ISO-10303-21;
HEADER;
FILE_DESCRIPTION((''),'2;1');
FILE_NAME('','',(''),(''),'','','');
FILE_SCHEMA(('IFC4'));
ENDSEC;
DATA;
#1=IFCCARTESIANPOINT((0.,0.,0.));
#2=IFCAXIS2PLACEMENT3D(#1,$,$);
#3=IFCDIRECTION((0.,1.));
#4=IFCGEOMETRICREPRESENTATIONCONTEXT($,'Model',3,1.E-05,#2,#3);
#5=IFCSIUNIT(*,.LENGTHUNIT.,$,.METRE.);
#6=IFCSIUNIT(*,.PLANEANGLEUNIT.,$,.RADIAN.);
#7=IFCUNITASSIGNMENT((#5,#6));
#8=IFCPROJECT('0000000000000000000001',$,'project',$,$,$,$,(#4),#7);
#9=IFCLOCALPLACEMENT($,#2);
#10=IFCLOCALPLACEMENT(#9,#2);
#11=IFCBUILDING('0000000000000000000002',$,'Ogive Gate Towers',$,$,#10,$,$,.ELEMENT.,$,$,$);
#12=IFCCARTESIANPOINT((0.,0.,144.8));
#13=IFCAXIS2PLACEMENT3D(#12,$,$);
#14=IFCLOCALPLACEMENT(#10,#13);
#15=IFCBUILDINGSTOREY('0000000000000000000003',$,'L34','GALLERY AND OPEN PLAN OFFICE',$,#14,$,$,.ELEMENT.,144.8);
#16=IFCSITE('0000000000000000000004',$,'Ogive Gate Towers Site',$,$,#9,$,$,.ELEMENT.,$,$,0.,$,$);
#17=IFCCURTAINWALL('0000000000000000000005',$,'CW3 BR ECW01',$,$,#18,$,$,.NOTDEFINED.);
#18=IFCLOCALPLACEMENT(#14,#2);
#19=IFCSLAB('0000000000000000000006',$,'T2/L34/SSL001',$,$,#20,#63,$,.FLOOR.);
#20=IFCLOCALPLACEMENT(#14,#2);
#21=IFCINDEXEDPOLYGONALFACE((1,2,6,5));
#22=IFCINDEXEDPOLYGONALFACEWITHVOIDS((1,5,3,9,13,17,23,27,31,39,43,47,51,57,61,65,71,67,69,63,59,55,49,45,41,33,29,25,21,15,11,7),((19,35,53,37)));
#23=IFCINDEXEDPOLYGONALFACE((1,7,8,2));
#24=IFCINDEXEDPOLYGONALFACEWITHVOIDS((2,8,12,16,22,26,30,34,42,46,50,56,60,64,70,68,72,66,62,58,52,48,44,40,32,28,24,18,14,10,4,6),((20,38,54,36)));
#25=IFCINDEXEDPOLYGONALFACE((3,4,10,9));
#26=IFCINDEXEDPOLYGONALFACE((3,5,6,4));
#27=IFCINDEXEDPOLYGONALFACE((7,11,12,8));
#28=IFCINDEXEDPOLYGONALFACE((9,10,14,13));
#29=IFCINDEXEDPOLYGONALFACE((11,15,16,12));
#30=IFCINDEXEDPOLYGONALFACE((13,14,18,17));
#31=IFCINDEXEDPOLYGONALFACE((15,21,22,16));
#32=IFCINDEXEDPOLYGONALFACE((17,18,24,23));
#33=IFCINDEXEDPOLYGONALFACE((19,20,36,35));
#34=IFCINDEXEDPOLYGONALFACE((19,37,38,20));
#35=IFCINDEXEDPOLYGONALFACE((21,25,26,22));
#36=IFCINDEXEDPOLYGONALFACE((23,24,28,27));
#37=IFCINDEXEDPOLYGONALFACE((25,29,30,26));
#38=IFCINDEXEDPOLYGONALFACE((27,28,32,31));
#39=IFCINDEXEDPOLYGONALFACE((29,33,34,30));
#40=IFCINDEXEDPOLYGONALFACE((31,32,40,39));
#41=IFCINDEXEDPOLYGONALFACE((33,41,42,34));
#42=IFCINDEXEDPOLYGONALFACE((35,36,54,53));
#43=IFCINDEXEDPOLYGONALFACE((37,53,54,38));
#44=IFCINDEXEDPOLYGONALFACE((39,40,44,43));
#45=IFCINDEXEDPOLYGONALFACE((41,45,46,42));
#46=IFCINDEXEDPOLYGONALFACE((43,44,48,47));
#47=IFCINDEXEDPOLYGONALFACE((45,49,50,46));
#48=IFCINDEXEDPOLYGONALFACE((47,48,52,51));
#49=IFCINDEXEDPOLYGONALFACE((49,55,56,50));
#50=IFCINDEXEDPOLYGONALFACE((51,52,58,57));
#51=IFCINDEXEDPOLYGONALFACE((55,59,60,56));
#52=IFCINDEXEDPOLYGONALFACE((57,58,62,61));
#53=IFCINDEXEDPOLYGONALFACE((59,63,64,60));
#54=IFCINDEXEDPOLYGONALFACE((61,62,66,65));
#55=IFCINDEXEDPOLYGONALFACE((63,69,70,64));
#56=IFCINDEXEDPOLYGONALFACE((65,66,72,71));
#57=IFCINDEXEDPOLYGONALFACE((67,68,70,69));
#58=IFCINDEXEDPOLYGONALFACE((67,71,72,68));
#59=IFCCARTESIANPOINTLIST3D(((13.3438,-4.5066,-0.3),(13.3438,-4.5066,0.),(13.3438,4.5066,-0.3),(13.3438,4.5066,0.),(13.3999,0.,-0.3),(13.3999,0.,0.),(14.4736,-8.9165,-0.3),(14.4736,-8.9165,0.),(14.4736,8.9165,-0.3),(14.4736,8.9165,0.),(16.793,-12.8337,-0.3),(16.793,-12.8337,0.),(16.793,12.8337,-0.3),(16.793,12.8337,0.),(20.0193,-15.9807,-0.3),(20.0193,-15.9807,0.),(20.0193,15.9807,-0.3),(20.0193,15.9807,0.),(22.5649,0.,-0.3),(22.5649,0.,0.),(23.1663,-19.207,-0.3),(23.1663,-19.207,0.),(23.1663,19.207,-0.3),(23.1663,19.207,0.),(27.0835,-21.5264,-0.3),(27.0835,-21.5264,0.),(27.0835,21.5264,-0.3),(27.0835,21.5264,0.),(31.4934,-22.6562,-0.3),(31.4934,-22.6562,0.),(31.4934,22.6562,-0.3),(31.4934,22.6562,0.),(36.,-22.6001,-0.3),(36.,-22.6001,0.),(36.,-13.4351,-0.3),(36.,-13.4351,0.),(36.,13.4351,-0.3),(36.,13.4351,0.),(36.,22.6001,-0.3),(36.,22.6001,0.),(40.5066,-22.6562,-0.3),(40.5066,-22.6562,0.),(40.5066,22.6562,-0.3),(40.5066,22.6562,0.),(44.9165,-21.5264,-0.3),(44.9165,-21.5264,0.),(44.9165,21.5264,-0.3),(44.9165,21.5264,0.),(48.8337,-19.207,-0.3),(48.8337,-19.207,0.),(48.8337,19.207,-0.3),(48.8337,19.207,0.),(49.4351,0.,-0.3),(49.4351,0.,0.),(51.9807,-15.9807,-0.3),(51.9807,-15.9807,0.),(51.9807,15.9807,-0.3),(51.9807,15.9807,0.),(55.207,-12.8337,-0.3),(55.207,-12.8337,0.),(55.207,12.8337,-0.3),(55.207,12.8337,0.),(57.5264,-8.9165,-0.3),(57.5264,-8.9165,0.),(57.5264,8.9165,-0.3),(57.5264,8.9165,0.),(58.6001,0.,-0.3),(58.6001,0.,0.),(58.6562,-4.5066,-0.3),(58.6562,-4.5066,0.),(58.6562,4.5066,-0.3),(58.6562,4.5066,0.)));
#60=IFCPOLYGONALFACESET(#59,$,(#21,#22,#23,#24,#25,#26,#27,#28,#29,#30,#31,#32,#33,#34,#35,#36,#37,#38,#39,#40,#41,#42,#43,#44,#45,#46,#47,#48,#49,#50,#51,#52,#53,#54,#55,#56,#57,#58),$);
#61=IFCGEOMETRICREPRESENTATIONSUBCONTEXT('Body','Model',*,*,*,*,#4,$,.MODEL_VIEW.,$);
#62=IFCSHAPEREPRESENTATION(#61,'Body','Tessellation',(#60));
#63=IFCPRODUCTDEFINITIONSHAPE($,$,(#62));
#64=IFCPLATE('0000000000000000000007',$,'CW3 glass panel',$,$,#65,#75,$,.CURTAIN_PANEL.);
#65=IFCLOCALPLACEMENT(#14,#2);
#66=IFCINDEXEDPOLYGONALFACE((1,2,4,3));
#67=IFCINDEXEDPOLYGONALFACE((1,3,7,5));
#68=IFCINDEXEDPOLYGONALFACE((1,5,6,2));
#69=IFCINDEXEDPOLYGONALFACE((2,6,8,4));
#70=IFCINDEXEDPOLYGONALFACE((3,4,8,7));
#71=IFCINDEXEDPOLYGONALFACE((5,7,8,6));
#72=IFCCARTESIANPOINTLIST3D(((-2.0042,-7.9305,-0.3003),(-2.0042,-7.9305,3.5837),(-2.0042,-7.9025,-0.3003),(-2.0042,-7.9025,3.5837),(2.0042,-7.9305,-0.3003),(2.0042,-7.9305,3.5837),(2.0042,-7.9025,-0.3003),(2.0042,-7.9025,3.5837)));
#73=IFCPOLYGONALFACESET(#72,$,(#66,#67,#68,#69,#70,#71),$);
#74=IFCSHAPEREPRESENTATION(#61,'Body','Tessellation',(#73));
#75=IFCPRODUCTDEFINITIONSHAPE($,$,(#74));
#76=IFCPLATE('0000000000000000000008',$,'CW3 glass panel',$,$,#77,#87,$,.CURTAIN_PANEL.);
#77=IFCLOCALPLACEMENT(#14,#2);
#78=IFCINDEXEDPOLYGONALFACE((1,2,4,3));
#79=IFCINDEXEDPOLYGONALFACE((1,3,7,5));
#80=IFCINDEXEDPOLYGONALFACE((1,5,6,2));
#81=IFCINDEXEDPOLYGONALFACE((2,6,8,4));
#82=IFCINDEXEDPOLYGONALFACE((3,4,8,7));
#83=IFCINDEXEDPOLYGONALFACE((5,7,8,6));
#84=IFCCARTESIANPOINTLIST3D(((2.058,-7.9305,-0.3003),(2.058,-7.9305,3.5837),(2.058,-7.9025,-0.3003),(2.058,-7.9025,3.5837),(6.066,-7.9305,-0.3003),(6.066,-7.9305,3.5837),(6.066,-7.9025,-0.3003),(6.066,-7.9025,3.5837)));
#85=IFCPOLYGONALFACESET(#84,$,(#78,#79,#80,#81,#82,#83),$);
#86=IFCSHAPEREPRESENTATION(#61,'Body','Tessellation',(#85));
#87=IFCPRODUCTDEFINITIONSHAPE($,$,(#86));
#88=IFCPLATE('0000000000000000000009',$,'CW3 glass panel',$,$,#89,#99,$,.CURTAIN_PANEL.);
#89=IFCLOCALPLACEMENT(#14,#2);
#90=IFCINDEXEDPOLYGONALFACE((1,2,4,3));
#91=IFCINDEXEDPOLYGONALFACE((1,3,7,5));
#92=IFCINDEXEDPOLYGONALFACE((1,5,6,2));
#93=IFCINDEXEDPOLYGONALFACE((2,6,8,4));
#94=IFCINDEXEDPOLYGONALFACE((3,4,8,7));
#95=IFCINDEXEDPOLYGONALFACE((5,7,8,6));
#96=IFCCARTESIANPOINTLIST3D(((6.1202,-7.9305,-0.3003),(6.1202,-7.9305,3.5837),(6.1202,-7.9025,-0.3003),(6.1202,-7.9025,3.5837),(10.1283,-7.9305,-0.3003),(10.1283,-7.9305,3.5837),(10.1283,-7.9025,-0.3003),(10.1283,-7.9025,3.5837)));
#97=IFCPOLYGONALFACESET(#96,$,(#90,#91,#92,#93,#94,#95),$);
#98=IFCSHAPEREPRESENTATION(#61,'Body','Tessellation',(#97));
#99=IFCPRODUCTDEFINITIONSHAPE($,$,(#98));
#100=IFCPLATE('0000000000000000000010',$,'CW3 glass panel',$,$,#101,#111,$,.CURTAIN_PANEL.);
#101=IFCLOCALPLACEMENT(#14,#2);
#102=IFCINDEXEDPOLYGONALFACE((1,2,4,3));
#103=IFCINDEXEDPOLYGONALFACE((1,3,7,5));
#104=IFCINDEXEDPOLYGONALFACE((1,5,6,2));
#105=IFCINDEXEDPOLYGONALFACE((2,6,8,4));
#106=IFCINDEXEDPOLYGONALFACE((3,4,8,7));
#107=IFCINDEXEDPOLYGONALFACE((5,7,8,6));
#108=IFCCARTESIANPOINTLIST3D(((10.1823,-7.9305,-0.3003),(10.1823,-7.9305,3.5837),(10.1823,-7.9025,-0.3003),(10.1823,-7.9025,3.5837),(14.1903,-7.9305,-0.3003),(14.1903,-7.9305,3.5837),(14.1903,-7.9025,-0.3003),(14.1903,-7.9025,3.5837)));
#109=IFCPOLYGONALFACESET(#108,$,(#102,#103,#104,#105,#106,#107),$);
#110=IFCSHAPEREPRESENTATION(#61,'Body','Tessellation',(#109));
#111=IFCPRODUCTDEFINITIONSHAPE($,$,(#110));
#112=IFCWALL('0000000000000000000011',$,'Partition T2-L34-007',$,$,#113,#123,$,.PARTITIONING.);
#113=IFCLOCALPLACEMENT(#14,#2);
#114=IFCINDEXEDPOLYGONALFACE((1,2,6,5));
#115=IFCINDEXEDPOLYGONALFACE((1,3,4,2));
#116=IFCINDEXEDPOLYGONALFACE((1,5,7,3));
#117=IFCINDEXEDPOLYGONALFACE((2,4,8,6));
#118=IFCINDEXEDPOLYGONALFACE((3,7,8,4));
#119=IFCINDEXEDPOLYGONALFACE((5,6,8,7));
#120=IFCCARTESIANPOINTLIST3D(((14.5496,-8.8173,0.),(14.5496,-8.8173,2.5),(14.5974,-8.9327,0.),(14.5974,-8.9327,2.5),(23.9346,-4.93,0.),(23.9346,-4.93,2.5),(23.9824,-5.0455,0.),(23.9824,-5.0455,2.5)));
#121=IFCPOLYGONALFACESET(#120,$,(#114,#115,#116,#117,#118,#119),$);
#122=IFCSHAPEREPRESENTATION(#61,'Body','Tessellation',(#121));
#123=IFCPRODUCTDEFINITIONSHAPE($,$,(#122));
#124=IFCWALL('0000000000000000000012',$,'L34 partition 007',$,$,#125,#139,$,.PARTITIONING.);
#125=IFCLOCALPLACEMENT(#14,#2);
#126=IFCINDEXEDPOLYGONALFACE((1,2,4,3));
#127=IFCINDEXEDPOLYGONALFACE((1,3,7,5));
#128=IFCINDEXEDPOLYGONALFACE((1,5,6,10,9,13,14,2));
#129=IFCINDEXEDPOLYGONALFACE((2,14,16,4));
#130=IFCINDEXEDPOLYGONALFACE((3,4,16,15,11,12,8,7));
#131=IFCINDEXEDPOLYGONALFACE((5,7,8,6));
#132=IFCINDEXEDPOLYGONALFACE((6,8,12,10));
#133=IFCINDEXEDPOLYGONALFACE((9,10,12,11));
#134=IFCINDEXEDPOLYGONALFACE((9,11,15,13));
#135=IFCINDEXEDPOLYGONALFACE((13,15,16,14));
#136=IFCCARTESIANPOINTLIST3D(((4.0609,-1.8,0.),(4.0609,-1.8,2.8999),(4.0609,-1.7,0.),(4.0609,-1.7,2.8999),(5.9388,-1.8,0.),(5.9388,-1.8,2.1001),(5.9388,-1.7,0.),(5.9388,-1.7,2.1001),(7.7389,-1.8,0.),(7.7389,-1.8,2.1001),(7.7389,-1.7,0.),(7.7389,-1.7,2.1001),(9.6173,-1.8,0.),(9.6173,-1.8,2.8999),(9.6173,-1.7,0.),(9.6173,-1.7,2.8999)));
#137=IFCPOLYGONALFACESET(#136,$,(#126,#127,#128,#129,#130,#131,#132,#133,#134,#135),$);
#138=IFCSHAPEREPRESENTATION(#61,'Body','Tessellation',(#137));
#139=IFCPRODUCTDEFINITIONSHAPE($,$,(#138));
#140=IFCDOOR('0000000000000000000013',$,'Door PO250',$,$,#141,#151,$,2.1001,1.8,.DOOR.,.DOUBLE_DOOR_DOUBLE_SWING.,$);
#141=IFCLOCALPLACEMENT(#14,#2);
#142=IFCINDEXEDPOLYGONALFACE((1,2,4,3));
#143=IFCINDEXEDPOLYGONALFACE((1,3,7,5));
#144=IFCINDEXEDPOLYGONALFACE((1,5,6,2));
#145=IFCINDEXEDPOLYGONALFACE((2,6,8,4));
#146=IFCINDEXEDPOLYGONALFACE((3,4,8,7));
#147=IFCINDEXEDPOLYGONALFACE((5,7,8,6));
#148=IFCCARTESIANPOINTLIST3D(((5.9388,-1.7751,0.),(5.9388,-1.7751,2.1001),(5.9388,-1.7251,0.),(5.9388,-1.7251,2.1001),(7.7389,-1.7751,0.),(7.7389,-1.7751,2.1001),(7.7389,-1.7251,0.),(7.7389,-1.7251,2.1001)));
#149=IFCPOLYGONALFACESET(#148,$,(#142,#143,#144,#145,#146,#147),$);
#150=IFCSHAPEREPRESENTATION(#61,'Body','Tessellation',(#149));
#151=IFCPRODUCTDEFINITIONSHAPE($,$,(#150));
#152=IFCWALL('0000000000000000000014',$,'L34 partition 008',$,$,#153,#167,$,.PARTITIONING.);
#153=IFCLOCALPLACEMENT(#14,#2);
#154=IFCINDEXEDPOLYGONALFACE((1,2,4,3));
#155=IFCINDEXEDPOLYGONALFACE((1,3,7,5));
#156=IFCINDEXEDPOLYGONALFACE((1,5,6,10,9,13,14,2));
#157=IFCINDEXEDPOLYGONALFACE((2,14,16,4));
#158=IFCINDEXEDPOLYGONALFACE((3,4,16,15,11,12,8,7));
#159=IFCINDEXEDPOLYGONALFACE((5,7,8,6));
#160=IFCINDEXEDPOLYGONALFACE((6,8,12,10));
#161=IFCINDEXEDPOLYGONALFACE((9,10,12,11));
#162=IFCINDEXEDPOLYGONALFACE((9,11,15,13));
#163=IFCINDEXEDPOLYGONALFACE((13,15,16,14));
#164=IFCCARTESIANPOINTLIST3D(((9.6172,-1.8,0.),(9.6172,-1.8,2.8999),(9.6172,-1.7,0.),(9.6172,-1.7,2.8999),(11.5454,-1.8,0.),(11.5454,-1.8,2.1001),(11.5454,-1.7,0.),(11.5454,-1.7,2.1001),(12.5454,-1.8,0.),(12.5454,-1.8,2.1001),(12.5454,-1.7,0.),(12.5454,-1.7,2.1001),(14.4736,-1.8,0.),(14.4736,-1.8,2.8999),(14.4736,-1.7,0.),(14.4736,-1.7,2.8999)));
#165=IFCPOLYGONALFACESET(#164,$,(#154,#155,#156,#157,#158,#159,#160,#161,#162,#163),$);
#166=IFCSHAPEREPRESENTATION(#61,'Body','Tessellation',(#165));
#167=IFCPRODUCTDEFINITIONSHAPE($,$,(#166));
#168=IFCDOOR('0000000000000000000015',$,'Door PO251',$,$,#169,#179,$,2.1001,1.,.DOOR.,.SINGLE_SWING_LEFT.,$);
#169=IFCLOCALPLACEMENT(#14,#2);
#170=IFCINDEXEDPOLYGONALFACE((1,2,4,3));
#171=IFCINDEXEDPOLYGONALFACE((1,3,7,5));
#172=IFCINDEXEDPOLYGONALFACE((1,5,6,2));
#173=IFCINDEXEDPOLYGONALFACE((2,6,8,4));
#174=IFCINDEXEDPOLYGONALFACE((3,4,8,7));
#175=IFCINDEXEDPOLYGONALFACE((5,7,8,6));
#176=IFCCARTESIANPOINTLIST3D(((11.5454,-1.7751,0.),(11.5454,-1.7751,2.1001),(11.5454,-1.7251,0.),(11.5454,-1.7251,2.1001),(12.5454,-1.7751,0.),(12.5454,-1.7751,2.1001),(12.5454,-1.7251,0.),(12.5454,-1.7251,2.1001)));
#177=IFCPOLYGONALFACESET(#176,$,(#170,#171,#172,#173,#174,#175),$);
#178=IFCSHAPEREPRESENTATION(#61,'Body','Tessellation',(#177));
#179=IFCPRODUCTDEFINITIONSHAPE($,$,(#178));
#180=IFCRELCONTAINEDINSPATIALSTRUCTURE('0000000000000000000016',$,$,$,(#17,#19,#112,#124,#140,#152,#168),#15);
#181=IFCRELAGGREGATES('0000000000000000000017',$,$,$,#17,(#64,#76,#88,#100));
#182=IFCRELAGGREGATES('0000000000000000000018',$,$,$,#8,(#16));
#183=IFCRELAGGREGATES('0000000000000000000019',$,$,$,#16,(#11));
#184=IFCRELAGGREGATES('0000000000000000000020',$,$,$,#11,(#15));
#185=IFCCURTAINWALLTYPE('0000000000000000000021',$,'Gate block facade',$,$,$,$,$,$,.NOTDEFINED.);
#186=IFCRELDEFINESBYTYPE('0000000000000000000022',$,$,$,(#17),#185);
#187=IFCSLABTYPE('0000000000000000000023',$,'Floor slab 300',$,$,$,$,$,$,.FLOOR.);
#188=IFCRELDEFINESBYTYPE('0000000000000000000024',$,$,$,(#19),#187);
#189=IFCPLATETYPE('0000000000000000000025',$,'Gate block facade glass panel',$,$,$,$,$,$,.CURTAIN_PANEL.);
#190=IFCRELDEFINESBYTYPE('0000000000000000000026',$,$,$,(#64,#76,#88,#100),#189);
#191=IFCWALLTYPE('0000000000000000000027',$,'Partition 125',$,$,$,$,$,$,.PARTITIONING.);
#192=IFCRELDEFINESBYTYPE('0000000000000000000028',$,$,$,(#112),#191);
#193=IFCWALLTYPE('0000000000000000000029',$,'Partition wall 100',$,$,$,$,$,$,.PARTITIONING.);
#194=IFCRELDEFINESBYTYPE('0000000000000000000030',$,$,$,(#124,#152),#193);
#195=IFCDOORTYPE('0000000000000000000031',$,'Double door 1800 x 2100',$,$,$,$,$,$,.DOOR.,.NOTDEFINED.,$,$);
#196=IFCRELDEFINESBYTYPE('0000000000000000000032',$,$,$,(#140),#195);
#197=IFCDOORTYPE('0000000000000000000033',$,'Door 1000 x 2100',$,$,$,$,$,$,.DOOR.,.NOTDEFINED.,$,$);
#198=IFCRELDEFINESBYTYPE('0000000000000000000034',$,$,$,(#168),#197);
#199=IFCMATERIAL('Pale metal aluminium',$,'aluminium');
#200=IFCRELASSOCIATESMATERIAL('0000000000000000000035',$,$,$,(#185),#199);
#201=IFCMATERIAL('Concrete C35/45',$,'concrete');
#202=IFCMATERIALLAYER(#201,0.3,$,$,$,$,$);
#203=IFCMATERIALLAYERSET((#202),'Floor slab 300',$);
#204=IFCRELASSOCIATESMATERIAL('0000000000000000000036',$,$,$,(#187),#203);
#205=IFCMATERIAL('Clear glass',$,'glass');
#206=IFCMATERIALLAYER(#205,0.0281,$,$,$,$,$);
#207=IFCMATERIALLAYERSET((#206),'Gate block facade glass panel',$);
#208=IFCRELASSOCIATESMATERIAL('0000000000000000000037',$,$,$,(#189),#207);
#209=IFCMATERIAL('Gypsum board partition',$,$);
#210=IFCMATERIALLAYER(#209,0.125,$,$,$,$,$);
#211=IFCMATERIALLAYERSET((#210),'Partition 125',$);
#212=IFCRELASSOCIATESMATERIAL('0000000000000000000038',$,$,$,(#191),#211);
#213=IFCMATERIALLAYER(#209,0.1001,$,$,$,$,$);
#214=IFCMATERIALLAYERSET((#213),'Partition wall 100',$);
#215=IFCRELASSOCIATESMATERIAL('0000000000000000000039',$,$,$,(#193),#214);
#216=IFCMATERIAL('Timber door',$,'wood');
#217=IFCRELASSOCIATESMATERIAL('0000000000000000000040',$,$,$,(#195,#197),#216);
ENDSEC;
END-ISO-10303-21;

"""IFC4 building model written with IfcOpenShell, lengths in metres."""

from ifc_helpers import new_model, si_unit, direction, frame, frame_2d, origin, origin_2d, place, context, subcontext, project, spatial, polyline, rectangle, outline, extrude, material, layer, layer_set, type_object, element, fill, aggregate, save


model = new_model("IFC4")

# Units and contexts
model_context = context("Model", 3, precision=1e-05, world=origin(), true_north=direction((0.0, 1.0)))
body_context = subcontext(model_context, "Body", "Model", "MODEL_VIEW")
ifc_project = project(units=[si_unit("LENGTHUNIT", "METRE"), si_unit("PLANEANGLEUNIT", "RADIAN")], contexts=[model_context])

# Site, building, storey
site_placement = place(None, origin())
site = spatial("IfcSite", under=ifc_project, at=site_placement, Name="Ogive Gate Towers Site", CompositionType="ELEMENT", RefElevation=0.0)
building_placement = place(site_placement, origin())
building = spatial("IfcBuilding", under=site, at=building_placement, Name="Ogive Gate Towers", CompositionType="ELEMENT")
storey_placement = place(building_placement, frame((0.0, 0.0, 144.8)))
storey = spatial("IfcBuildingStorey", under=building, at=storey_placement, Name="L34", Description="GALLERY AND OPEN PLAN OFFICE", CompositionType="ELEMENT", Elevation=144.8)

# Curtain wall
ifc_material_1 = material(Name="Pale metal aluminium", Category="aluminium")
curtain_wall_type_1 = type_object("IfcCurtainWallType", Name="Gate block facade", PredefinedType="NOTDEFINED", material=ifc_material_1)
curtain_wall_1_placement = place(storey_placement, origin())
curtain_wall_1 = element("IfcCurtainWall", 1, at=curtain_wall_1_placement, inside=storey, type_object=curtain_wall_type_1, Name="CW3 BR ECW01", PredefinedType="NOTDEFINED")

# Slab
ifc_material_2 = material(Name="Concrete C35/45", Category="concrete")
ifc_layer_1 = layer(ifc_material_2, 0.3)
ifc_layer_set_1 = layer_set([ifc_layer_1], Name="Floor slab 300")
slab_type = type_object("IfcSlabType", Name="Floor slab 300", PredefinedType="FLOOR", material=ifc_layer_set_1)
slab_placement = place(storey_placement, frame((0.0, 0.0, -0.3)))
element("IfcSlab", 2, at=slab_placement, inside=storey, type_object=slab_type, Name="T2/L34/SSL001", PredefinedType="FLOOR", context=body_context, shape_type="SweptSolid", body=[
    extrude(outline(polyline([(58.6562, -4.5066), (58.6001, 0.0), (58.6562, 4.5066), (57.5264, 8.9165), (55.207, 12.8337), (51.9807, 15.9807), (48.8337, 19.207), (44.9165, 21.5264), (40.5066, 22.6562), (36.0, 22.6001), (31.4934, 22.6562), (27.0835, 21.5264), (23.1663, 19.207), (20.0193, 15.9807), (16.793, 12.8337), (14.4736, 8.9165), (13.3438, 4.5066), (13.3999, 0.0), (13.3438, -4.5066), (14.4736, -8.9165), (16.793, -12.8337), (20.0193, -15.9807), (23.1663, -19.207), (27.0835, -21.5264), (31.4934, -22.6562), (36.0, -22.6001), (40.5066, -22.6562), (44.9165, -21.5264), (48.8337, -19.207), (51.9807, -15.9807), (55.207, -12.8337), (57.5264, -8.9165), (58.6562, -4.5066)]), holes=[polyline([(49.4351, 0.0), (36.0, -13.4351), (22.5649, 0.0), (36.0, 13.4351), (49.4351, 0.0)])]), origin(), (0.0, 0.0, 1.0), 0.3),
])

# Plates
ifc_material_3 = material(Name="Clear glass", Category="glass")
ifc_layer_2 = layer(ifc_material_3, 0.0281)
ifc_layer_set_2 = layer_set([ifc_layer_2], Name="Gate block facade glass panel")
plate_type = type_object("IfcPlateType", Name="Gate block facade glass panel", PredefinedType="CURTAIN_PANEL", material=ifc_layer_set_2)
plate_1_placement = place(storey_placement, frame((0.0, -7.9165, -0.3003), z_axis=(0.0, 0.0, 1.0), x_axis=(1.0, 0.0, 0.0)))
plate_1 = element("IfcPlate", 3, at=plate_1_placement, type_object=plate_type, Name="CW3 glass panel", PredefinedType="CURTAIN_PANEL", context=body_context, shape_type="SweptSolid", body=[
    extrude(rectangle(XDim=4.0083, YDim=0.0281, at=origin_2d()), origin(), (0.0, 0.0, 1.0), 3.884),
])
plate_2_placement = place(storey_placement, frame((4.062, -7.9165, -0.3003), z_axis=(0.0, 0.0, 1.0), x_axis=(1.0, 0.0, 0.0)))
plate_2 = element("IfcPlate", 4, at=plate_2_placement, type_object=plate_type, Name="CW3 glass panel", PredefinedType="CURTAIN_PANEL", context=body_context, shape_type="SweptSolid", body=[
    extrude(rectangle(XDim=4.0081, YDim=0.0281, at=origin_2d()), origin(), (0.0, 0.0, 1.0), 3.884),
])
plate_3_placement = place(storey_placement, frame((8.1243, -7.9165, -0.3003), z_axis=(0.0, 0.0, 1.0), x_axis=(1.0, 0.0, 0.0)))
plate_3 = element("IfcPlate", 5, at=plate_3_placement, type_object=plate_type, Name="CW3 glass panel", PredefinedType="CURTAIN_PANEL", context=body_context, shape_type="SweptSolid", body=[
    extrude(rectangle(XDim=4.0081, YDim=0.0281, at=origin_2d()), origin(), (0.0, 0.0, 1.0), 3.884),
])
plate_4_placement = place(storey_placement, frame((12.1863, -7.9165, -0.3003), z_axis=(0.0, 0.0, 1.0), x_axis=(1.0, 0.0, 0.0)))
plate_4 = element("IfcPlate", 6, at=plate_4_placement, type_object=plate_type, Name="CW3 glass panel", PredefinedType="CURTAIN_PANEL", context=body_context, shape_type="SweptSolid", body=[
    extrude(rectangle(XDim=4.0081, YDim=0.0281, at=origin_2d()), origin(), (0.0, 0.0, 1.0), 3.884),
])
aggregate(curtain_wall_1, [plate_1, plate_2, plate_3, plate_4])

# Wall
ifc_material_4 = material(Name="Gypsum board partition")
ifc_layer_3 = layer(ifc_material_4, 0.125)
ifc_layer_set_3 = layer_set([ifc_layer_3], Name="Partition 125")
wall_type_1 = type_object("IfcWallType", Name="Partition 125", PredefinedType="PARTITIONING", material=ifc_layer_set_3)
wall_1_placement = place(storey_placement, frame((14.5735, -8.875, 0.0), z_axis=(0.0, 0.0, 1.0), x_axis=(0.923886, 0.382667, 0.0)))
element("IfcWall", 7, at=wall_1_placement, inside=storey, type_object=wall_type_1, Name="Partition T2-L34-007", PredefinedType="PARTITIONING", context=body_context, shape_type="SweptSolid", body=[
    extrude(rectangle(XDim=10.1582, YDim=0.125, at=frame_2d((5.0791, 0.0))), origin(), (0.0, 0.0, 1.0), 2.5),
])

# Walls, openings, doors
ifc_layer_4 = layer(ifc_material_4, 0.1001)
ifc_layer_set_4 = layer_set([ifc_layer_4], Name="Partition wall 100")
wall_type_2 = type_object("IfcWallType", Name="Partition wall 100", PredefinedType="PARTITIONING", material=ifc_layer_set_4)
wall_2_placement = place(storey_placement, frame((4.0608, -1.75, 0.0), z_axis=(0.0, 0.0, 1.0), x_axis=(1.0, 0.0, 0.0)))
wall_2 = element("IfcWall", 8, at=wall_2_placement, inside=storey, type_object=wall_type_2, Name="L34 partition 007", PredefinedType="PARTITIONING", context=body_context, shape_type="SweptSolid", body=[
    extrude(rectangle(XDim=5.5564, YDim=0.1001, at=frame_2d((2.7783, 0.0))), origin(), (0.0, 0.0, 1.0), 2.8999),
])
opening_1_placement = place(wall_2_placement, frame((1.8782, 0.0, 0.0)))
opening_1 = element("IfcOpeningElement", 9, at=opening_1_placement, cuts=wall_2, PredefinedType="OPENING", context=body_context, shape_type="SweptSolid", body=[
    extrude(rectangle(XDim=1.8, YDim=2.1001, at=frame_2d((0.8999, 1.05))), frame((0.0, 0.0601, 0.0), z_axis=(0.0, -1.0, 0.0), x_axis=(1.0, 0.0, 0.0)), (0.0, 0.0, 1.0), 0.1201),
])
ifc_material_5 = material(Name="Timber door", Category="wood")
door_type_1 = type_object("IfcDoorType", Name="Double door 1800 x 2100", OperationType="NOTDEFINED", PredefinedType="DOOR", material=ifc_material_5)
door_1_placement = place(opening_1_placement, origin())
door_1 = element("IfcDoor", 10, at=door_1_placement, inside=storey, type_object=door_type_1, Name="Door PO250", OperationType="DOUBLE_DOOR_DOUBLE_SWING", OverallHeight=2.1001, OverallWidth=1.8, PredefinedType="DOOR", context=body_context, shape_type="SweptSolid", body=[
    extrude(rectangle(XDim=1.8, YDim=2.1001, at=frame_2d((0.8999, 1.05))), frame((0.0, 0.0249, 0.0), z_axis=(0.0, -1.0, 0.0), x_axis=(1.0, 0.0, 0.0)), (0.0, 0.0, 1.0), 0.05),
])
fill(opening_1, door_1)
wall_3_placement = place(storey_placement, frame((9.6172, -1.75, 0.0), z_axis=(0.0, 0.0, 1.0), x_axis=(1.0, 0.0, 0.0)))
wall_3 = element("IfcWall", 11, at=wall_3_placement, inside=storey, type_object=wall_type_2, Name="L34 partition 008", PredefinedType="PARTITIONING", context=body_context, shape_type="SweptSolid", body=[
    extrude(rectangle(XDim=4.8564, YDim=0.1001, at=frame_2d((2.4282, 0.0))), origin(), (0.0, 0.0, 1.0), 2.8999),
])
opening_2_placement = place(wall_3_placement, frame((1.9282, 0.0, 0.0)))
opening_2 = element("IfcOpeningElement", 12, at=opening_2_placement, cuts=wall_3, PredefinedType="OPENING", context=body_context, shape_type="SweptSolid", body=[
    extrude(rectangle(XDim=1.0, YDim=2.1001, at=frame_2d((0.5, 1.05))), frame((0.0, 0.0601, 0.0), z_axis=(0.0, -1.0, 0.0), x_axis=(1.0, 0.0, 0.0)), (0.0, 0.0, 1.0), 0.1201),
])
door_type_2 = type_object("IfcDoorType", Name="Door 1000 x 2100", OperationType="NOTDEFINED", PredefinedType="DOOR", material=ifc_material_5)
door_2_placement = place(opening_2_placement, origin())
door_2 = element("IfcDoor", 13, at=door_2_placement, inside=storey, type_object=door_type_2, Name="Door PO251", OperationType="SINGLE_SWING_LEFT", OverallHeight=2.1001, OverallWidth=1.0, PredefinedType="DOOR", context=body_context, shape_type="SweptSolid", body=[
    extrude(rectangle(XDim=1.0, YDim=2.1001, at=frame_2d((0.5, 1.05))), frame((0.0, 0.0249, 0.0), z_axis=(0.0, -1.0, 0.0), x_axis=(1.0, 0.0, 0.0)), (0.0, 0.0, 1.0), 0.05),
])
fill(opening_2, door_2)

save(model, "model.ifc")
